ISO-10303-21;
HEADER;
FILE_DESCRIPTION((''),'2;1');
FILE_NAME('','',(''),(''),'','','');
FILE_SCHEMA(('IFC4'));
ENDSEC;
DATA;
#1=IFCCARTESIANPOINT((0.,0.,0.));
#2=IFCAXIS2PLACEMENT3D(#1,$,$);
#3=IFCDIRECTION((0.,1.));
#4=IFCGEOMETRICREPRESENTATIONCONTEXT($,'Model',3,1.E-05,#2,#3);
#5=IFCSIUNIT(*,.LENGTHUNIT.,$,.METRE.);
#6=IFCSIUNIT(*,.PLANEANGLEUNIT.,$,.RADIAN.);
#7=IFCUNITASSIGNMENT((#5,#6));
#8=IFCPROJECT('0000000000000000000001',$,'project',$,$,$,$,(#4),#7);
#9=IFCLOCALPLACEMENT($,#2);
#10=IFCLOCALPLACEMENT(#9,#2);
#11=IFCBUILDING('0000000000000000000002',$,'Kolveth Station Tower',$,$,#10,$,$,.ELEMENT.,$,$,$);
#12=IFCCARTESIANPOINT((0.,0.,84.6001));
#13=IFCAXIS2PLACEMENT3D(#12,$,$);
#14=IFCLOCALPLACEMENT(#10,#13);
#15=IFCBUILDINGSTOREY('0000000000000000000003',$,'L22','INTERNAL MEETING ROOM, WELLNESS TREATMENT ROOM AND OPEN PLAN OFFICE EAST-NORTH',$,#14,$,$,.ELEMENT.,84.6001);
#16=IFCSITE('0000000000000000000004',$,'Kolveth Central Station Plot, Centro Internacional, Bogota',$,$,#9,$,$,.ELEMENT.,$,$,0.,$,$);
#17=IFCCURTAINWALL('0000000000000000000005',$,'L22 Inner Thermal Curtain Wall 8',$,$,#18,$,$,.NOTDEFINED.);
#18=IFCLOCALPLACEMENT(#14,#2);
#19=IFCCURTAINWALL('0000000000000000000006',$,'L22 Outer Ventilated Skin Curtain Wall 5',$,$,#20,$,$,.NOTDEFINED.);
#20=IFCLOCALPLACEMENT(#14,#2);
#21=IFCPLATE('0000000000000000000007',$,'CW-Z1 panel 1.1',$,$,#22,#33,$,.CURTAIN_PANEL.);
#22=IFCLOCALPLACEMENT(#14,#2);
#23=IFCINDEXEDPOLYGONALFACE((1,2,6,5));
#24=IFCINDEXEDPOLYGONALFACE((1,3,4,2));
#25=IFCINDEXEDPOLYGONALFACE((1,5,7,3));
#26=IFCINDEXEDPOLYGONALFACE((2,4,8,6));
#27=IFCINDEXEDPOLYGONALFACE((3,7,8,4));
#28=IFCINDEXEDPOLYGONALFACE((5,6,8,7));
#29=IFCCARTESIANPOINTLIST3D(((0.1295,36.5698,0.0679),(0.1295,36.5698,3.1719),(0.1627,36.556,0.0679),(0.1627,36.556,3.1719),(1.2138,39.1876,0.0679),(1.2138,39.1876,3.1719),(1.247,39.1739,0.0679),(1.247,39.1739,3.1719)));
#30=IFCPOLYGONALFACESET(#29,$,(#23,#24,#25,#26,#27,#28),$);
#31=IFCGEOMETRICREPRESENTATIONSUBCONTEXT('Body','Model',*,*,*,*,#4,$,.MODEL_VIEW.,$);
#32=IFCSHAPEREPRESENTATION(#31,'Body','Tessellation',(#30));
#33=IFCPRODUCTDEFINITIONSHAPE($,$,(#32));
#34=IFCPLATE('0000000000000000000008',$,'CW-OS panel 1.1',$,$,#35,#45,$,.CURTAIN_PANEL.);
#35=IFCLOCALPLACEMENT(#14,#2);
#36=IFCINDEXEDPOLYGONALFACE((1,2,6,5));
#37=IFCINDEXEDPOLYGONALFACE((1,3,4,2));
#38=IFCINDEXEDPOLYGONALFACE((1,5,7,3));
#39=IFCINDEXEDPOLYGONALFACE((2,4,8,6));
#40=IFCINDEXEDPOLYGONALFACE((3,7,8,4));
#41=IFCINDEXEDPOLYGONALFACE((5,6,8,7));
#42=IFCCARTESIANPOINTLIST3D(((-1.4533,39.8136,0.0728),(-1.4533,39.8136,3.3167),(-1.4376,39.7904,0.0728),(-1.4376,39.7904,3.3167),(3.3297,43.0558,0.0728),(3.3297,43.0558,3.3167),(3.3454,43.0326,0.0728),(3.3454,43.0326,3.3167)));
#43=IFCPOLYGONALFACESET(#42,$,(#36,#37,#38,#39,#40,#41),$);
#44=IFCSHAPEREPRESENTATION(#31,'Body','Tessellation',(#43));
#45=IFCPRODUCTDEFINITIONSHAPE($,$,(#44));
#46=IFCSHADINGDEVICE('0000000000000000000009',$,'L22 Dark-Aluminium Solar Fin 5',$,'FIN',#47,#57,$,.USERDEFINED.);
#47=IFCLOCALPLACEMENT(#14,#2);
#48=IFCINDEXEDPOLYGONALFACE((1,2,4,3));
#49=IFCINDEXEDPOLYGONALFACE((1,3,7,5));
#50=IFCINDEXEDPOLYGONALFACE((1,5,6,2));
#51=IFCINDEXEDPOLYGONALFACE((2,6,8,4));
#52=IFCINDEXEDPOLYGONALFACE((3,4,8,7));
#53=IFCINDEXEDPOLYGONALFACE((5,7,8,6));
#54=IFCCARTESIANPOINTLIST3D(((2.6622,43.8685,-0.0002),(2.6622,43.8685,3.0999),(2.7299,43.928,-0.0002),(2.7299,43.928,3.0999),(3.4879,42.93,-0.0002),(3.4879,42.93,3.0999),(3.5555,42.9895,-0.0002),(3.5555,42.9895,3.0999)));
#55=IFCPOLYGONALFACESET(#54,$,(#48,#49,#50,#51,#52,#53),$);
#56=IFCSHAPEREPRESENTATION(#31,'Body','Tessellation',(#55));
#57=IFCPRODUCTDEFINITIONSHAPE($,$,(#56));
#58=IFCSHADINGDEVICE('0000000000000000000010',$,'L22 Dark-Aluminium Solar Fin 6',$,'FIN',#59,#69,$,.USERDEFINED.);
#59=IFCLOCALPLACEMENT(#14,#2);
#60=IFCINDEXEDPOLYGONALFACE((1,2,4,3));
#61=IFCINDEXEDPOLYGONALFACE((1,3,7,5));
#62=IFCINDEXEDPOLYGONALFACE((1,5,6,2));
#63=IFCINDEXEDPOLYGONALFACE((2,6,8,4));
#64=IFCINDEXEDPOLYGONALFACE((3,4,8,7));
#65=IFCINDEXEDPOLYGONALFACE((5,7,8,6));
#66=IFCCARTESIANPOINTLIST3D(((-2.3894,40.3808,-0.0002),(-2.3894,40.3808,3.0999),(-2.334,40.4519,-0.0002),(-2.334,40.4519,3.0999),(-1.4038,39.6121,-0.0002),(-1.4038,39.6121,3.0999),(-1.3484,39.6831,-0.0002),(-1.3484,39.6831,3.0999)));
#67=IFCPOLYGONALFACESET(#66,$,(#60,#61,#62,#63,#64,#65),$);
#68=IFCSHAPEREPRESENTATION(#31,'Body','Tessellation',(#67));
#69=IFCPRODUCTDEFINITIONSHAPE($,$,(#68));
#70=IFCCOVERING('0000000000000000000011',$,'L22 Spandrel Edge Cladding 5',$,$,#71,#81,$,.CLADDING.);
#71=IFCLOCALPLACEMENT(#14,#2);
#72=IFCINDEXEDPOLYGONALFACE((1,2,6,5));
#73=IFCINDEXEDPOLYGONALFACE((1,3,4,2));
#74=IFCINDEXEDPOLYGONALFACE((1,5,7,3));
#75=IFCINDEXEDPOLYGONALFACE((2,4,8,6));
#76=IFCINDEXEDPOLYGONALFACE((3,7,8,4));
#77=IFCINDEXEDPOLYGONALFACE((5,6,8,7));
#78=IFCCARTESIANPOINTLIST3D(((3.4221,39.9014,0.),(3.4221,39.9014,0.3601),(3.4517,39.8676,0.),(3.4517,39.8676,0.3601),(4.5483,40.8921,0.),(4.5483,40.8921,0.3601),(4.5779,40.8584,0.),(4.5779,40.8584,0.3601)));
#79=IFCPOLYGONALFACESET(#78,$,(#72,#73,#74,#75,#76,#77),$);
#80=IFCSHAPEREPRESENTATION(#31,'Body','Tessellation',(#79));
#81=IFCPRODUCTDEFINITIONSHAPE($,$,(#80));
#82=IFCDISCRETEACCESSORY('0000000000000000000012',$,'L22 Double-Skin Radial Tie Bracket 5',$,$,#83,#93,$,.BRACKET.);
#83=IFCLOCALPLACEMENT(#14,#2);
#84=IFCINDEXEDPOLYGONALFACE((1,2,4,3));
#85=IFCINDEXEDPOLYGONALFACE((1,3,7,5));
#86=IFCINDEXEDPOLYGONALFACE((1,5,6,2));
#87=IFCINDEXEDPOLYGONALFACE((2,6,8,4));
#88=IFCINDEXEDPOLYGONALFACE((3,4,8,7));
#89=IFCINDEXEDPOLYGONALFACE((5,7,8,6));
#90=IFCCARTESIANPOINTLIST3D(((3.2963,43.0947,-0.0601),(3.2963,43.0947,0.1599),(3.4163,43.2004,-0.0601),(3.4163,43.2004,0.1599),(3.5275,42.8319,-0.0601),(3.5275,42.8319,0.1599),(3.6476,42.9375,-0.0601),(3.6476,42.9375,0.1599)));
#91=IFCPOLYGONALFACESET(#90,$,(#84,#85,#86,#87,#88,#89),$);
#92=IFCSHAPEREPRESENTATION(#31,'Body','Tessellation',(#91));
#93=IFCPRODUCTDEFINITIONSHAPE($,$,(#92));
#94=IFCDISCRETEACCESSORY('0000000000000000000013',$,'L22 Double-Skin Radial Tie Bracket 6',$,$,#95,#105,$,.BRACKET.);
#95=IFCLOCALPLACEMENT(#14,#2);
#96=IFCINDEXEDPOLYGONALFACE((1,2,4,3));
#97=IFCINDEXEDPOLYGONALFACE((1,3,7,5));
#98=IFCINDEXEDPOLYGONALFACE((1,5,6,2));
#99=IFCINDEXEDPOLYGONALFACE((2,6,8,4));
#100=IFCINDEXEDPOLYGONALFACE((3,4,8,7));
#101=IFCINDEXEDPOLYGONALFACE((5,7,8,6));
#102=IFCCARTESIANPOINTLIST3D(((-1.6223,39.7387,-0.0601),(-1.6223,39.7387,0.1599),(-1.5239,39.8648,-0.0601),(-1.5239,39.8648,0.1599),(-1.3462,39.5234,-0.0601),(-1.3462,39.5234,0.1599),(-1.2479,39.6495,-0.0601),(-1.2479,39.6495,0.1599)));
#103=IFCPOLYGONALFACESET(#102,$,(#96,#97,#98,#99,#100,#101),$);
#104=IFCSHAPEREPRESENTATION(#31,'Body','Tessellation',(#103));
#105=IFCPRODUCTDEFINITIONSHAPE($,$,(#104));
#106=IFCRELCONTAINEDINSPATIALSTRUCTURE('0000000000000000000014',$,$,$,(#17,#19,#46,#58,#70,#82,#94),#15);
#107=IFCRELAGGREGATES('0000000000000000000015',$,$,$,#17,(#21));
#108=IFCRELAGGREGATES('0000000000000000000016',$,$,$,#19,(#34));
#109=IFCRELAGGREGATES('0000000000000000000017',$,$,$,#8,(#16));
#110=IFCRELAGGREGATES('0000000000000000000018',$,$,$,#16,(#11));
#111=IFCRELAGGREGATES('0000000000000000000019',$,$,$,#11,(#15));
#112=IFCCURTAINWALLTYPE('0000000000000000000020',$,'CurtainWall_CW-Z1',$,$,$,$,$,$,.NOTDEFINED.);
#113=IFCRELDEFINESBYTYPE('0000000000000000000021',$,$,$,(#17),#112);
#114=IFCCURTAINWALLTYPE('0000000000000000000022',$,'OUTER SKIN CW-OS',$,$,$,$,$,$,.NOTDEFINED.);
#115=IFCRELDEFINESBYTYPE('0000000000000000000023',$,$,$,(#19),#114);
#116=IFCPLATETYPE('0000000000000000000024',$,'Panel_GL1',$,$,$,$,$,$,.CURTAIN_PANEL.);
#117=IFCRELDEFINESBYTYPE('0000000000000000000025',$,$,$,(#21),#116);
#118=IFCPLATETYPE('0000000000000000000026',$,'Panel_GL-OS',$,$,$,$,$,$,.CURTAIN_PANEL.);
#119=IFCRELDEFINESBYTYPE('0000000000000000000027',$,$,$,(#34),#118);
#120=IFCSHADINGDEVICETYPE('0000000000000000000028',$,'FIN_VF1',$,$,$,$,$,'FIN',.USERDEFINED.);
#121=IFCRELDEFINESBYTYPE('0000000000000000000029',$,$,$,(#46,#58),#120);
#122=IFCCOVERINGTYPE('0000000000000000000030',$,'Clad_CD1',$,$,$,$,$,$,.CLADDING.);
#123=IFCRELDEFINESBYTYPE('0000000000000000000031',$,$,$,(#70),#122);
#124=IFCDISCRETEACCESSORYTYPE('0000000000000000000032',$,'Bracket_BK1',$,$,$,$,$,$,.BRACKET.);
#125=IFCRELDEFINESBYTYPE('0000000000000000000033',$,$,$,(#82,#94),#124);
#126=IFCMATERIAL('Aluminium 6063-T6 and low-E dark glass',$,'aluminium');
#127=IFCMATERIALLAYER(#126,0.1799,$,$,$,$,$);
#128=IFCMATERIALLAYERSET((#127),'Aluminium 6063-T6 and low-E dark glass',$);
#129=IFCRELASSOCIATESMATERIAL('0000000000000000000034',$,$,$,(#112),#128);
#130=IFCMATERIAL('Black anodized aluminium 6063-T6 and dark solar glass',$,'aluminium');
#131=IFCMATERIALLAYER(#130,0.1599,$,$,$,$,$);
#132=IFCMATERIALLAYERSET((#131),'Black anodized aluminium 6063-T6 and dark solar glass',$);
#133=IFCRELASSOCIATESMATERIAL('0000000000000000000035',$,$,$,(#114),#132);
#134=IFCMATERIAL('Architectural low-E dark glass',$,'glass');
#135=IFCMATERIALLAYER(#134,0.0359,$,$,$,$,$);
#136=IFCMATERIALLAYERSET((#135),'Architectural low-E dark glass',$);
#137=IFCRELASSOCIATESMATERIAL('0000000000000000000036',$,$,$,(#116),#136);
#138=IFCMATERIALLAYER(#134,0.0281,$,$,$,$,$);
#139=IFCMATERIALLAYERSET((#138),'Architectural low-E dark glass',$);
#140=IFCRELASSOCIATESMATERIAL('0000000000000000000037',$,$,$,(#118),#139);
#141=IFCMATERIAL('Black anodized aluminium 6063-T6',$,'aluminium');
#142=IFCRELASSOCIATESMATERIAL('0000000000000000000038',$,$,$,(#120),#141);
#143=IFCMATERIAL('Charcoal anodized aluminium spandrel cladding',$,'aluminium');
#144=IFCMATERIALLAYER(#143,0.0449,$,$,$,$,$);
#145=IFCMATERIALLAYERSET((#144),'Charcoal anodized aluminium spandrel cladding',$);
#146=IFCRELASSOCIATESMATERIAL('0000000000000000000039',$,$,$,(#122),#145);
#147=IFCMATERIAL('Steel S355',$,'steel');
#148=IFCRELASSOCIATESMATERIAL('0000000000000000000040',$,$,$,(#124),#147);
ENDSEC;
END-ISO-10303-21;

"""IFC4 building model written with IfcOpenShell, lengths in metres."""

from ifc_helpers import new_model, si_unit, direction, frame, origin, origin_2d, place, context, subcontext, project, spatial, rectangle, extrude, source, transform, mapped, material, layer, layer_set, type_object, element, aggregate, save


model = new_model("IFC4")

# Units and contexts
model_context = context("Model", 3, precision=1e-05, world=origin(), true_north=direction((0.0, 1.0)))
body_context = subcontext(model_context, "Body", "Model", "MODEL_VIEW")
ifc_project = project(units=[si_unit("LENGTHUNIT", "METRE"), si_unit("PLANEANGLEUNIT", "RADIAN")], contexts=[model_context])

# Site, building, storey
site_placement = place(None, origin())
site = spatial("IfcSite", under=ifc_project, at=site_placement, Name="Kolveth Central Station Plot, Centro Internacional, Bogota", CompositionType="ELEMENT", RefElevation=0.0)
building_placement = place(site_placement, origin())
building = spatial("IfcBuilding", under=site, at=building_placement, Name="Kolveth Station Tower", CompositionType="ELEMENT")
storey_placement = place(building_placement, frame((0.0, 0.0, 84.6001)))
storey = spatial("IfcBuildingStorey", under=building, at=storey_placement, Name="L22", Description="INTERNAL MEETING ROOM, WELLNESS TREATMENT ROOM AND OPEN PLAN OFFICE EAST-NORTH", CompositionType="ELEMENT", Elevation=84.6001)

# Curtain wall
ifc_material_1 = material(Name="Aluminium 6063-T6 and low-E dark glass", Category="aluminium")
ifc_layer_1 = layer(ifc_material_1, 0.1799)
ifc_layer_set_1 = layer_set([ifc_layer_1], Name="Aluminium 6063-T6 and low-E dark glass")
curtain_wall_type_1 = type_object("IfcCurtainWallType", Name="CurtainWall_CW-Z1", PredefinedType="NOTDEFINED", material=ifc_layer_set_1)
ifc_material_2 = material(Name="Black anodized aluminium 6063-T6", Category="aluminium")
curtain_wall_1_placement = place(storey_placement, origin())
curtain_wall_1 = element("IfcCurtainWall", 1, at=curtain_wall_1_placement, inside=storey, type_object=curtain_wall_type_1, Name="L22 Inner Thermal Curtain Wall 8", PredefinedType="NOTDEFINED")

# Shared definitions
ifc_material_3 = material(Name="Black anodized aluminium 6063-T6 and dark solar glass", Category="aluminium")
ifc_layer_2 = layer(ifc_material_3, 0.1599)
ifc_layer_set_2 = layer_set([ifc_layer_2], Name="Black anodized aluminium 6063-T6 and dark solar glass")
curtain_wall_type_2 = type_object("IfcCurtainWallType", Name="OUTER SKIN CW-OS", PredefinedType="NOTDEFINED", material=ifc_layer_set_2)

# Curtain wall
curtain_wall_2_placement = place(storey_placement, origin())
curtain_wall_2 = element("IfcCurtainWall", 2, at=curtain_wall_2_placement, inside=storey, type_object=curtain_wall_type_2, Name="L22 Outer Ventilated Skin Curtain Wall 5", PredefinedType="NOTDEFINED")

# Plates
ifc_material_4 = material(Name="Architectural low-E dark glass", Category="glass")
ifc_layer_3 = layer(ifc_material_4, 0.0359)
ifc_layer_set_3 = layer_set([ifc_layer_3], Name="Architectural low-E dark glass")
plate_type_1 = type_object("IfcPlateType", Name="Panel_GL1", PredefinedType="CURTAIN_PANEL", material=ifc_layer_set_3)
shared_shape_1 = source(origin(), body_context, "Body", "SweptSolid", [
    extrude(rectangle(XDim=2.8335, YDim=0.0359, at=origin_2d()), origin(), (0.0, 0.0, 1.0), 3.104),
])
plate_1_placement = place(storey_placement, frame((0.6882, 37.8718, 0.0679), z_axis=(0.0, 0.0, 1.0), x_axis=(-0.382673, -0.923884, 0.0)))
plate_1 = element("IfcPlate", 3, at=plate_1_placement, type_object=plate_type_1, Name="CW-Z1 panel 1.1", PredefinedType="CURTAIN_PANEL", context=body_context, shape_type="MappedRepresentation", body=[
    mapped(shared_shape_1, transform((0.0, 0.0, 0.0), x_axis=(1.0, 0.0, 0.0), y_axis=(0.0, 1.0, 0.0), z_axis=(0.0, 0.0, 1.0), scale=1.0)),
])
aggregate(curtain_wall_1, [plate_1])
ifc_layer_4 = layer(ifc_material_4, 0.0281)
ifc_layer_set_4 = layer_set([ifc_layer_4], Name="Architectural low-E dark glass")
plate_type_2 = type_object("IfcPlateType", Name="Panel_GL-OS", PredefinedType="CURTAIN_PANEL", material=ifc_layer_set_4)
shared_shape_2 = source(origin(), body_context, "Body", "SweptSolid", [
    extrude(rectangle(XDim=5.7783, YDim=0.0281, at=origin_2d()), origin(), (0.0, 0.0, 1.0), 3.2439),
])
plate_2_placement = place(storey_placement, frame((0.946, 41.4231, 0.0728), z_axis=(0.0, 0.0, 1.0), x_axis=(-0.827745, -0.561105, 0.0)))
plate_2 = element("IfcPlate", 4, at=plate_2_placement, type_object=plate_type_2, Name="CW-OS panel 1.1", PredefinedType="CURTAIN_PANEL", context=body_context, shape_type="MappedRepresentation", body=[
    mapped(shared_shape_2, transform((0.0, 0.0, 0.0), x_axis=(1.0, 0.0, 0.0), y_axis=(0.0, 1.0, 0.0), z_axis=(0.0, 0.0, 1.0), scale=1.0)),
])
aggregate(curtain_wall_2, [plate_2])

# Shading devices
shading_device_type = type_object("IfcShadingDeviceType", Name="FIN_VF1", ElementType="FIN", PredefinedType="USERDEFINED", material=ifc_material_2)
shared_shape_3 = source(origin(), body_context, "Body", "SweptSolid", [
    extrude(rectangle(XDim=1.25, YDim=0.0901, at=origin_2d()), origin(), (0.0, 0.0, 1.0), 3.1001),
])
for number, where, z_axis, x_axis, name in (
    (5, (3.1089, 43.429, -0.0002), (0.0, 0.0, 1.0), (-0.660526, 0.750803, 0.0), "L22 Dark-Aluminium Solar Fin 5"),
    (6, (-1.8689, 40.032, -0.0002), (0.0, 0.0, 1.0), (-0.788548, 0.614974, 0.0), "L22 Dark-Aluminium Solar Fin 6"),
):
    element("IfcShadingDevice", number, at=place(storey_placement, frame(where, z_axis=z_axis, x_axis=x_axis)), inside=storey, type_object=shading_device_type, Name=name, ObjectType="FIN", PredefinedType="USERDEFINED", context=body_context, shape_type="MappedRepresentation", body=[
        mapped(shared_shape_3, transform((0.0, 0.0, 0.0), x_axis=(1.0, 0.0, 0.0), y_axis=(0.0, 1.0, 0.0), z_axis=(0.0, 0.0, 1.0), scale=1.0)),
    ])

# Covering
ifc_material_5 = material(Name="Charcoal anodized aluminium spandrel cladding", Category="aluminium")
ifc_layer_5 = layer(ifc_material_5, 0.0449)
ifc_layer_set_5 = layer_set([ifc_layer_5], Name="Charcoal anodized aluminium spandrel cladding")
covering_type = type_object("IfcCoveringType", Name="Clad_CD1", PredefinedType="CLADDING", material=ifc_layer_set_5)
shared_shape_4 = source(origin(), body_context, "Body", "SweptSolid", [
    extrude(rectangle(XDim=1.5, YDim=0.0449, at=origin_2d()), origin(), (0.0, 0.0, 1.0), 0.3601),
])
covering_placement = place(storey_placement, frame((4.0, 40.3799, 0.0), z_axis=(0.0, 0.0, 1.0), x_axis=(-0.750803, -0.660526, 0.0)))
element("IfcCovering", 7, at=covering_placement, inside=storey, type_object=covering_type, Name="L22 Spandrel Edge Cladding 5", PredefinedType="CLADDING", context=body_context, shape_type="MappedRepresentation", body=[
    mapped(shared_shape_4, transform((0.0, 0.0, 0.0), x_axis=(1.0, 0.0, 0.0), y_axis=(0.0, 1.0, 0.0), z_axis=(0.0, 0.0, 1.0), scale=1.0)),
])

# Discrete accessories
ifc_material_6 = material(Name="Steel S355", Category="steel")
discrete_accessory_type = type_object("IfcDiscreteAccessoryType", Name="Bracket_BK1", PredefinedType="BRACKET", material=ifc_material_6)
shared_shape_5 = source(origin(), body_context, "Body", "SweptSolid", [
    extrude(rectangle(XDim=0.3501, YDim=0.1599, at=origin_2d()), origin(), (0.0, 0.0, 1.0), 0.22),
])
for number, where, z_axis, x_axis, name in (
    (8, (3.4719, 43.0161, -0.0601), (0.0, 0.0, 1.0), (-0.660526, 0.750803, 0.0), "L22 Double-Skin Radial Tie Bracket 5"),
    (9, (-1.4351, 39.6941, -0.0601), (0.0, 0.0, 1.0), (-0.788548, 0.614974, 0.0), "L22 Double-Skin Radial Tie Bracket 6"),
):
    element("IfcDiscreteAccessory", number, at=place(storey_placement, frame(where, z_axis=z_axis, x_axis=x_axis)), inside=storey, type_object=discrete_accessory_type, Name=name, PredefinedType="BRACKET", context=body_context, shape_type="MappedRepresentation", body=[
        mapped(shared_shape_5, transform((0.0, 0.0, 0.0), x_axis=(1.0, 0.0, 0.0), y_axis=(0.0, 1.0, 0.0), z_axis=(0.0, 0.0, 1.0), scale=1.0)),
    ])

save(model, "model.ifc")
